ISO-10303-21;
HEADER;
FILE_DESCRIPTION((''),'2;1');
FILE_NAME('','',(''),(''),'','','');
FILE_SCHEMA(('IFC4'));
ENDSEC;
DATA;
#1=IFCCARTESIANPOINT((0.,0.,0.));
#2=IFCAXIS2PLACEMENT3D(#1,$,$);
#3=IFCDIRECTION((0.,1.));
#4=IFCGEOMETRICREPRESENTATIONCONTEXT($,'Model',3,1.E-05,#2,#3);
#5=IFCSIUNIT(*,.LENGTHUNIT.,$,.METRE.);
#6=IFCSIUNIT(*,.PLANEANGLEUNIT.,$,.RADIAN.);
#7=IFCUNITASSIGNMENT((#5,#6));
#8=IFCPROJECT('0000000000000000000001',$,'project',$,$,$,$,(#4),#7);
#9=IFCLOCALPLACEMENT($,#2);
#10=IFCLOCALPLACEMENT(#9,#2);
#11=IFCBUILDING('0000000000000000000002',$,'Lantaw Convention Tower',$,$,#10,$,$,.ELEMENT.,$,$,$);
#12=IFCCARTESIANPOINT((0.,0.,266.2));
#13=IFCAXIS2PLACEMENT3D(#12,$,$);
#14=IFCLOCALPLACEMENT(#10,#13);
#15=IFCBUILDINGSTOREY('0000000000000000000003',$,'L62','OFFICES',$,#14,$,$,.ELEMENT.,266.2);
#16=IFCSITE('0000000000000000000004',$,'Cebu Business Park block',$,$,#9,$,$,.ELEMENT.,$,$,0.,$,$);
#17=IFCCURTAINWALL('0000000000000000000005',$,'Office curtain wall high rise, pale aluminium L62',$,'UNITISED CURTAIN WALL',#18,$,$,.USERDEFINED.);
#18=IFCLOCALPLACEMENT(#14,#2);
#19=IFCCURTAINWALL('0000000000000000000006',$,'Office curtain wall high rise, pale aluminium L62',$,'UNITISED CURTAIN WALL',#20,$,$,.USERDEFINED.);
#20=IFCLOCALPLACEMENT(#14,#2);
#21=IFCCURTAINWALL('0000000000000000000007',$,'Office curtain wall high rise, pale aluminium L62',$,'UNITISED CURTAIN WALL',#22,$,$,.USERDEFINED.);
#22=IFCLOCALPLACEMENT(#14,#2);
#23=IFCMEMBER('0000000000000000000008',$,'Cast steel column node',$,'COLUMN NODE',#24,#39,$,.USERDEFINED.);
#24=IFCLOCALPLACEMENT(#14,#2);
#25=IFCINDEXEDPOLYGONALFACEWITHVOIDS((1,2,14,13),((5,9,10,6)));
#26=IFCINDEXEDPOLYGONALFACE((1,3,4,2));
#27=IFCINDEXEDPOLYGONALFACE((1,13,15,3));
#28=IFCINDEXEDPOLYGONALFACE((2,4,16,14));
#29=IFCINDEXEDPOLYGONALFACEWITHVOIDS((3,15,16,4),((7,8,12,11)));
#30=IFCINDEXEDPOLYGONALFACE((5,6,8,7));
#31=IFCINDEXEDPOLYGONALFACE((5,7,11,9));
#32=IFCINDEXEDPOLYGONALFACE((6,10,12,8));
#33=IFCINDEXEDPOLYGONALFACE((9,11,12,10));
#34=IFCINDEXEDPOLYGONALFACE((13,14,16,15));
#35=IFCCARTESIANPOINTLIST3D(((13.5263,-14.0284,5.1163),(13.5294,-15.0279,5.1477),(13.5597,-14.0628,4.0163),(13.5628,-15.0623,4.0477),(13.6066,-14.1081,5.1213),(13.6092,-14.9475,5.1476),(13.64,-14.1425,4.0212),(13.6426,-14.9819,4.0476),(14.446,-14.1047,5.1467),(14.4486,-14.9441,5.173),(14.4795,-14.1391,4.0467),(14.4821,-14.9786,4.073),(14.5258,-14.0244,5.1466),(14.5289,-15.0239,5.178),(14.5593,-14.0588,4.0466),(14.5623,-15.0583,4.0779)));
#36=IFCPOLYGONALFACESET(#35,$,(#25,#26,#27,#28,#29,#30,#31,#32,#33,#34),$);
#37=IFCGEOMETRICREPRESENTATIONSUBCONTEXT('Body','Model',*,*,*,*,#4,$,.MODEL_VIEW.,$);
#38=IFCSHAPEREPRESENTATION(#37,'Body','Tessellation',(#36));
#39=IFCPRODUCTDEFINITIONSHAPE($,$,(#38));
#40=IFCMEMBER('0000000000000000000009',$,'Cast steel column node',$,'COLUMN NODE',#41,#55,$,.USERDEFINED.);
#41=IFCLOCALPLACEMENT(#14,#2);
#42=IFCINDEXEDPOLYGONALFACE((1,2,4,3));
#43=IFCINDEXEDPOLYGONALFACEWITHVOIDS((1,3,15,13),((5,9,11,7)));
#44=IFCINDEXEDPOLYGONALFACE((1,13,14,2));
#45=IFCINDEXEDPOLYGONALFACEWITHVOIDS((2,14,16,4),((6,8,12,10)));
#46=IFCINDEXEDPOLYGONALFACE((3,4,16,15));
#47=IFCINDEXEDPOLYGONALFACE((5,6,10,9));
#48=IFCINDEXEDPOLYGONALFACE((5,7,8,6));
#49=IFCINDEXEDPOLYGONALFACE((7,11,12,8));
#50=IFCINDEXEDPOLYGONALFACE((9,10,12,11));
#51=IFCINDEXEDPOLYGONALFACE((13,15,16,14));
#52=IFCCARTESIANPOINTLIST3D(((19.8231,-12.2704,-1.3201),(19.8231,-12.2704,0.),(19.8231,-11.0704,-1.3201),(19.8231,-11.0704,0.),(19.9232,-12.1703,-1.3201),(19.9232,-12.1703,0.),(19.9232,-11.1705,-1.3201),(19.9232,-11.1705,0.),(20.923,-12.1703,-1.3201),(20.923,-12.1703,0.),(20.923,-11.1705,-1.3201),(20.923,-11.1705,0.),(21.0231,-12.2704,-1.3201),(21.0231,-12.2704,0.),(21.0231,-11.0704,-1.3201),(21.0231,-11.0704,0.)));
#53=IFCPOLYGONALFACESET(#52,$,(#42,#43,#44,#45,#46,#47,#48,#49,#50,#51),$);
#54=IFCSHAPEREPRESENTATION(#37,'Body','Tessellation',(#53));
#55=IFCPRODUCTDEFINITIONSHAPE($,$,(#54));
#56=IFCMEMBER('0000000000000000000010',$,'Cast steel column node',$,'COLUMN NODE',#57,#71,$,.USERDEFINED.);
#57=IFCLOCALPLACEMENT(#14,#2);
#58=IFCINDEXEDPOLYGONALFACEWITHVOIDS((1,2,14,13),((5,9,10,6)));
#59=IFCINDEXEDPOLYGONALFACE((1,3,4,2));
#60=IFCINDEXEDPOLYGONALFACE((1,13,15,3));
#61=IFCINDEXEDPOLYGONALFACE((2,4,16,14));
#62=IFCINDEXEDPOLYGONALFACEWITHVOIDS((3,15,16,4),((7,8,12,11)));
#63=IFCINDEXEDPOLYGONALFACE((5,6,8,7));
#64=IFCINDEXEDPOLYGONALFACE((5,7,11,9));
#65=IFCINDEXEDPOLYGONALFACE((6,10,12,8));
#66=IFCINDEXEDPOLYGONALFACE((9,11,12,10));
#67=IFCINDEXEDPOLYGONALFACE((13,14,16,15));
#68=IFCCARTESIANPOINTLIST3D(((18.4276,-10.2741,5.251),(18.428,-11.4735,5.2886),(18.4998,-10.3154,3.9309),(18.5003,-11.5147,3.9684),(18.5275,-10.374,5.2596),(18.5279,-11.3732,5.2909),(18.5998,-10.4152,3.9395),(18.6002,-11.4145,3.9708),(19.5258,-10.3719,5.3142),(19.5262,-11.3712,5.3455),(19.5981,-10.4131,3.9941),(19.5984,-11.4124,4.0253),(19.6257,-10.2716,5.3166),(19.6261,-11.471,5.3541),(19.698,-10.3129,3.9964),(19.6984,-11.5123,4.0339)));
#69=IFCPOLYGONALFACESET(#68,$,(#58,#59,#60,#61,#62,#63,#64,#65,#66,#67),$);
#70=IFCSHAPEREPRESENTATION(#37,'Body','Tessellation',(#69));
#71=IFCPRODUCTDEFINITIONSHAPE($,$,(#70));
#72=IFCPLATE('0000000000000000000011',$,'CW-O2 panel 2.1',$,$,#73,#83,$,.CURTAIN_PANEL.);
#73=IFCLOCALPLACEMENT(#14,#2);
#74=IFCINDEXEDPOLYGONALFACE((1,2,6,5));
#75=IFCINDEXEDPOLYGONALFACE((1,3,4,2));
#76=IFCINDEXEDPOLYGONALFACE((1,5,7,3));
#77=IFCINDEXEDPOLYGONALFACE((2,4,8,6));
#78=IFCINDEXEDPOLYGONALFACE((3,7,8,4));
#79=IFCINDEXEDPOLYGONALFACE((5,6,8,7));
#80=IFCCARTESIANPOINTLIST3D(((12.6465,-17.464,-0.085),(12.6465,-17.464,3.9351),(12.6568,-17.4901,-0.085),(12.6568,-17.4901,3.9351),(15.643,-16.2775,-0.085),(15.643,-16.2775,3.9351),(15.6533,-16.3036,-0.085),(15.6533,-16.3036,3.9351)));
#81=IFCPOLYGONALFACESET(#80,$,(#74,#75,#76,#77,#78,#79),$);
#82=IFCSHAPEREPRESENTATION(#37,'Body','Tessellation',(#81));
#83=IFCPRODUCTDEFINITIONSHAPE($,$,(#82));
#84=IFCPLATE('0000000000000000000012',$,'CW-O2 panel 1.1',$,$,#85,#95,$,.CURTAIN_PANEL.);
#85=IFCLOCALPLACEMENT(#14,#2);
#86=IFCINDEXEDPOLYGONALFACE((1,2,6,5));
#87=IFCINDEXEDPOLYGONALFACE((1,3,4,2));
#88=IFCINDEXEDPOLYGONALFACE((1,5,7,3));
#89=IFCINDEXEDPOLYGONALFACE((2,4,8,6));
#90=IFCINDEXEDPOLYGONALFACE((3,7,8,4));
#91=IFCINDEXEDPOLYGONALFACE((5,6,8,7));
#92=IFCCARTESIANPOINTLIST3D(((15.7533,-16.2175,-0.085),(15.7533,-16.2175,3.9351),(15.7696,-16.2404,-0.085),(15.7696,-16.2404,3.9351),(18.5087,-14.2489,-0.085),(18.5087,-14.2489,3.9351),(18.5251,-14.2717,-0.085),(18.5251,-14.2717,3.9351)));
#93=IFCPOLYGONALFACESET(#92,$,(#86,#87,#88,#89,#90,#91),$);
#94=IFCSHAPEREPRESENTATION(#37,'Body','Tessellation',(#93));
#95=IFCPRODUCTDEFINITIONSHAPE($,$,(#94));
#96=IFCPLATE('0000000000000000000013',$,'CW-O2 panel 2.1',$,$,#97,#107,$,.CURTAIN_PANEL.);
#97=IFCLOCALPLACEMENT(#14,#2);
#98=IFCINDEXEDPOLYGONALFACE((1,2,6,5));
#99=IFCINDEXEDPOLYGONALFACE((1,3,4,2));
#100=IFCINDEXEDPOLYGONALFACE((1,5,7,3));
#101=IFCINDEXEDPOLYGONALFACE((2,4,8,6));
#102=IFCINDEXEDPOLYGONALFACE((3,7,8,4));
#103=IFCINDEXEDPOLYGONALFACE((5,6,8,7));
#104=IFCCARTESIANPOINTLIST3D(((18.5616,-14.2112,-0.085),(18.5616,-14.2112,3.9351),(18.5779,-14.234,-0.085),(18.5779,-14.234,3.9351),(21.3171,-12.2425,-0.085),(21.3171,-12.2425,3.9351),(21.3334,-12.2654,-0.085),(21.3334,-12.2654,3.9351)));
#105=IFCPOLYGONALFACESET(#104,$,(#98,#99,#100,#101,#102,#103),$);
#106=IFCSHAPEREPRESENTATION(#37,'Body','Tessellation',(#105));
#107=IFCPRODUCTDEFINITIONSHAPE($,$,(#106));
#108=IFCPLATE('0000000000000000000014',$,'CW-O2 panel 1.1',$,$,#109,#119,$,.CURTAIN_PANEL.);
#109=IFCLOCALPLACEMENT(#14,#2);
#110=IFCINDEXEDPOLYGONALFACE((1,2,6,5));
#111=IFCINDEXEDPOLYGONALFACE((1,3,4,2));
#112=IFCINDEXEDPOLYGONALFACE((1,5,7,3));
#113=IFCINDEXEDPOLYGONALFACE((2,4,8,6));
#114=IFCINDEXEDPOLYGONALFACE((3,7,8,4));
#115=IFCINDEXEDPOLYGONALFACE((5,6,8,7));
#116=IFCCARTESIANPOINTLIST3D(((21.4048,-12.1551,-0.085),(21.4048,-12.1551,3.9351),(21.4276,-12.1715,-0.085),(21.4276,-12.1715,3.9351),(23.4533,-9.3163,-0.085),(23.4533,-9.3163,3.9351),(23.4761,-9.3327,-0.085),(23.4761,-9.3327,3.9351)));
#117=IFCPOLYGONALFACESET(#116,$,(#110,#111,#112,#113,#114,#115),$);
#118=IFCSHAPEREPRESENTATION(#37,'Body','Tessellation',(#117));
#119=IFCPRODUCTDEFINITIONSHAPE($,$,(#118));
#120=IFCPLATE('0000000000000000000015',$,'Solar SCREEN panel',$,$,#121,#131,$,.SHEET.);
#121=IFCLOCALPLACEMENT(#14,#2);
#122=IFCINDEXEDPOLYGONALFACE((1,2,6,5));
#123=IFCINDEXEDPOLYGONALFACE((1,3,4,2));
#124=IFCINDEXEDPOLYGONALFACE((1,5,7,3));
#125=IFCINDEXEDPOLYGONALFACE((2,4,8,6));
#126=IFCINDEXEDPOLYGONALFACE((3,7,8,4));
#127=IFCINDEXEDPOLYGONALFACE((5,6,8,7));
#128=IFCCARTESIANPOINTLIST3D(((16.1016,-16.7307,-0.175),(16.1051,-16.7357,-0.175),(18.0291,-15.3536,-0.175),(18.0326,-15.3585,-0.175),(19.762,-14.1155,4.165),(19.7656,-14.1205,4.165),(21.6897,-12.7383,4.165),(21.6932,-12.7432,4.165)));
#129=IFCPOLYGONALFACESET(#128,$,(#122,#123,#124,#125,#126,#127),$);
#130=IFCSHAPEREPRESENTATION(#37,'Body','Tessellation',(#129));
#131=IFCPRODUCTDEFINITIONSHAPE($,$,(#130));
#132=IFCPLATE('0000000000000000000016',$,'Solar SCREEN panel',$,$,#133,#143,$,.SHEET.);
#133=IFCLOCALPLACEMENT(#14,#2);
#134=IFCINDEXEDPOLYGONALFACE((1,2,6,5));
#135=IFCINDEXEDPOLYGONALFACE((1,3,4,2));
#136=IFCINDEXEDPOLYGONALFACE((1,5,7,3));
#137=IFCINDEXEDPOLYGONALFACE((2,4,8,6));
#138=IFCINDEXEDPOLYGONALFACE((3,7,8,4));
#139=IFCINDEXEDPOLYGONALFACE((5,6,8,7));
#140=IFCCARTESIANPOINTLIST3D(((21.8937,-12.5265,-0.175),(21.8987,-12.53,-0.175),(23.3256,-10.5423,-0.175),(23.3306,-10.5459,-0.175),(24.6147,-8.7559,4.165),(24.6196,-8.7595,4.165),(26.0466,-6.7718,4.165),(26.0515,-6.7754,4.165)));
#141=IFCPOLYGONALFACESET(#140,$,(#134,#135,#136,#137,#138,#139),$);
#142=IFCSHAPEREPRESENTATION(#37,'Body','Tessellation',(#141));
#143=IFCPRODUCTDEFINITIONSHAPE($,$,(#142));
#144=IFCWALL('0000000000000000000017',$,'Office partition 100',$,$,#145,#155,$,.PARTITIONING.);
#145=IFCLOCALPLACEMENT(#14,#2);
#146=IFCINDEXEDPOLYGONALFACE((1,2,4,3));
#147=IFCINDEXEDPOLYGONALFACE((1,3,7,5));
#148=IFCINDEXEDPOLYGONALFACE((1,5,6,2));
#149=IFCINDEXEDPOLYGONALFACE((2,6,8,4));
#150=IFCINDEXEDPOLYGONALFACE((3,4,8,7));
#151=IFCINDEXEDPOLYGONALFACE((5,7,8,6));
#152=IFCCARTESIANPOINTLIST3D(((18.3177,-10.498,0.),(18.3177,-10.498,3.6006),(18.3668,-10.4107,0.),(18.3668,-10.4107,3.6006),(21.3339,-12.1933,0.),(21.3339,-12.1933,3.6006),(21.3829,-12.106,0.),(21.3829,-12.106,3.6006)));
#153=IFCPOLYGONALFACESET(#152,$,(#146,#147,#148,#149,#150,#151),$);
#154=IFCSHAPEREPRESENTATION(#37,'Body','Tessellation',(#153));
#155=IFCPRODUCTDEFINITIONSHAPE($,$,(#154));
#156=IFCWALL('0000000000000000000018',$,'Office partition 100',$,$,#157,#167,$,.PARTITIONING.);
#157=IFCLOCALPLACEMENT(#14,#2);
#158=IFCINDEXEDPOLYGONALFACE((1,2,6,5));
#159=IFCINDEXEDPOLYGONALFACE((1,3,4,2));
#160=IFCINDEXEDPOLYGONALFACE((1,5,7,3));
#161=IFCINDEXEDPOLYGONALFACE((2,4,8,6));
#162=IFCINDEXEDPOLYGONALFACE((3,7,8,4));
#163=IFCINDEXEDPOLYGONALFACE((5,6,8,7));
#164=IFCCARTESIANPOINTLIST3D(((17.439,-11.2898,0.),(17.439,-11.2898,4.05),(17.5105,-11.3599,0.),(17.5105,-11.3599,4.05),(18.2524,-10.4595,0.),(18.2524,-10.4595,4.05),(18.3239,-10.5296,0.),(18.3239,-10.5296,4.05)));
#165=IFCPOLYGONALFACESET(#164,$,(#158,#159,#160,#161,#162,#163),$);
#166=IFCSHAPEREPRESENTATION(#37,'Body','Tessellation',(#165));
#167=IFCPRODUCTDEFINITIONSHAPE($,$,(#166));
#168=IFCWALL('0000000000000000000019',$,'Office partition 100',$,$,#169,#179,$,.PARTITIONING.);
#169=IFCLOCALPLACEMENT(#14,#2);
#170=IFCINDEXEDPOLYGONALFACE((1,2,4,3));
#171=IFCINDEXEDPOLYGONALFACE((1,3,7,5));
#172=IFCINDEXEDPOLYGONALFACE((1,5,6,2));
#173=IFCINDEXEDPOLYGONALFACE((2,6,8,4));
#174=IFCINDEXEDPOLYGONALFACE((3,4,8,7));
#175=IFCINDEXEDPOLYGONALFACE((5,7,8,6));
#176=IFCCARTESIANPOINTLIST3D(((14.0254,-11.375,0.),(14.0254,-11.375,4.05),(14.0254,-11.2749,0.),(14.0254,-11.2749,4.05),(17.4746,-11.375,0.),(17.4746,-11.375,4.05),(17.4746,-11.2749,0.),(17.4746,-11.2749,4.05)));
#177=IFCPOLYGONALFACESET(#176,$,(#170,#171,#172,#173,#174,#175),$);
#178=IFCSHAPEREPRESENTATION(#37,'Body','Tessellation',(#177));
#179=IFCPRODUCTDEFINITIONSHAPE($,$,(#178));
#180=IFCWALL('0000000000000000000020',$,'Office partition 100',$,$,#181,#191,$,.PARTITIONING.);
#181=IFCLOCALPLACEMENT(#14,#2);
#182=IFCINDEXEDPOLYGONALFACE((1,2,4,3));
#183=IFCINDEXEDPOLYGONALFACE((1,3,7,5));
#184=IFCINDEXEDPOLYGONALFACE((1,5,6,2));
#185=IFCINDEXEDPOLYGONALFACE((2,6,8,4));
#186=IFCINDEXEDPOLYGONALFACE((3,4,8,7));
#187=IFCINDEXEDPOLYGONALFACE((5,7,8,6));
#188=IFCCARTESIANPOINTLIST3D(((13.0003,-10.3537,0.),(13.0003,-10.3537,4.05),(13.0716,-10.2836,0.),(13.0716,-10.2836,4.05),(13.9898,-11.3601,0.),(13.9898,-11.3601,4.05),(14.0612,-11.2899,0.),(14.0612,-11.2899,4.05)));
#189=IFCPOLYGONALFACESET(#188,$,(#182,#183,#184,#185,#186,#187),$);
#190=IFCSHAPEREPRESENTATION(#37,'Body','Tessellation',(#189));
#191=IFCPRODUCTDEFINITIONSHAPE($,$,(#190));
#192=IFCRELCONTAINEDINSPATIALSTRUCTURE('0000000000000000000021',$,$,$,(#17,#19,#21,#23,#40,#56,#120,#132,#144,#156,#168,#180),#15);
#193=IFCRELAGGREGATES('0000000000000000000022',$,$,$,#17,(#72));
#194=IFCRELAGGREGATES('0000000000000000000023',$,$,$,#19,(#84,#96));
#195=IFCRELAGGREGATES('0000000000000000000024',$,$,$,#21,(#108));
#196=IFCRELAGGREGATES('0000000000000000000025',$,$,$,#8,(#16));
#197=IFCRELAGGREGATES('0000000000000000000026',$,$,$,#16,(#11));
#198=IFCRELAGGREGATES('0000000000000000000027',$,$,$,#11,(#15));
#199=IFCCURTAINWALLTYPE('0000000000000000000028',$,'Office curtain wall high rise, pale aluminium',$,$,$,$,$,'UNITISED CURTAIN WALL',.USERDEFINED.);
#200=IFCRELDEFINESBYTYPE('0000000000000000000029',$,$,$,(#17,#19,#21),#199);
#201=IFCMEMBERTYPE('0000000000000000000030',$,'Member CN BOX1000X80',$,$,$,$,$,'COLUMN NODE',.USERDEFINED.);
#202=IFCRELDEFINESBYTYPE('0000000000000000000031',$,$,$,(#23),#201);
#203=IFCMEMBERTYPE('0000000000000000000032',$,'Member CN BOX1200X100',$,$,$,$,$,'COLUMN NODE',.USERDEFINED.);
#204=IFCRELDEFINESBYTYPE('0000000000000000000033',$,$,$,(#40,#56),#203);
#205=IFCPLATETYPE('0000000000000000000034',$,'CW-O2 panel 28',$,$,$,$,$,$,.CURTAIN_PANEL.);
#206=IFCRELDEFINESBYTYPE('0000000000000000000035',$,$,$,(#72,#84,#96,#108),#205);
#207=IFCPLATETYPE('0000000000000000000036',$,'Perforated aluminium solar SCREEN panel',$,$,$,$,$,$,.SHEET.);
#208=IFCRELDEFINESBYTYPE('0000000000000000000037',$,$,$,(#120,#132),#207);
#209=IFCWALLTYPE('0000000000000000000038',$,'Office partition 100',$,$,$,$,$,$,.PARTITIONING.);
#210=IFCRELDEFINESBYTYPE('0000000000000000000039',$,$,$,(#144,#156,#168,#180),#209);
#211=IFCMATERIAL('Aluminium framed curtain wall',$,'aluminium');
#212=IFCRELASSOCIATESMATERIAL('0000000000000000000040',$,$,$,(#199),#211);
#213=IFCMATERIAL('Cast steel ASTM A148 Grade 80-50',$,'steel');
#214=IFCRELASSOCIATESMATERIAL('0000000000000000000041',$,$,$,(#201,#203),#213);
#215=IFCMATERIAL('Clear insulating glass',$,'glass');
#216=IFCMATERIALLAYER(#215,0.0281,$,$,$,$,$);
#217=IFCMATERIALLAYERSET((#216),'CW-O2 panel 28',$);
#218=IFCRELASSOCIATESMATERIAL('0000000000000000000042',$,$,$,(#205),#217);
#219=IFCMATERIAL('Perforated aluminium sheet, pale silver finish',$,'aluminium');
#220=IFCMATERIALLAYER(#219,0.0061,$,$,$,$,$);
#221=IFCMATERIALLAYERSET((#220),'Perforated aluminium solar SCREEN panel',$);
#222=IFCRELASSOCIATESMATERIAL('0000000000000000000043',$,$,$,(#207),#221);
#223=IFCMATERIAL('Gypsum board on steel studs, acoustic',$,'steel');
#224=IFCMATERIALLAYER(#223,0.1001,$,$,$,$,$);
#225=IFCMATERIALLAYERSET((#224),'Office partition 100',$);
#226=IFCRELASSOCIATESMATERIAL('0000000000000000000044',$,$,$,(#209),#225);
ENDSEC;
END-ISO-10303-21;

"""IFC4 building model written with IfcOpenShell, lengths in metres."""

from ifc_helpers import new_model, si_unit, direction, frame, frame_2d, origin, origin_2d, place, context, subcontext, project, spatial, polyline, rectangle, hollow_rectangle, outline, extrude, material, layer, layer_set, material_profile, profile_set, type_object, element, aggregate, save


model = new_model("IFC4")

# Units and contexts
model_context = context("Model", 3, precision=1e-05, world=origin(), true_north=direction((0.0, 1.0)))
body_context = subcontext(model_context, "Body", "Model", "MODEL_VIEW")
ifc_project = project(units=[si_unit("LENGTHUNIT", "METRE"), si_unit("PLANEANGLEUNIT", "RADIAN")], contexts=[model_context])

# Site, building, storey
site_placement = place(None, origin())
site = spatial("IfcSite", under=ifc_project, at=site_placement, Name="Cebu Business Park block", CompositionType="ELEMENT", RefElevation=0.0)
building_placement = place(site_placement, origin())
building = spatial("IfcBuilding", under=site, at=building_placement, Name="Lantaw Convention Tower", CompositionType="ELEMENT")
storey_placement = place(building_placement, frame((0.0, 0.0, 266.2)))
storey = spatial("IfcBuildingStorey", under=building, at=storey_placement, Name="L62", Description="OFFICES", CompositionType="ELEMENT", Elevation=266.2)

# Curtain walls
ifc_material_1 = material(Name="Aluminium framed curtain wall", Category="aluminium")
curtain_wall_type = type_object("IfcCurtainWallType", Name="Office curtain wall high rise, pale aluminium", ElementType="UNITISED CURTAIN WALL", PredefinedType="USERDEFINED", material=ifc_material_1)
curtain_wall_1_placement = place(storey_placement, origin())
curtain_wall_1 = element("IfcCurtainWall", 1, at=curtain_wall_1_placement, inside=storey, type_object=curtain_wall_type, Name="Office curtain wall high rise, pale aluminium L62", ObjectType="UNITISED CURTAIN WALL", PredefinedType="USERDEFINED")
curtain_wall_2_placement = place(storey_placement, origin())
curtain_wall_2 = element("IfcCurtainWall", 2, at=curtain_wall_2_placement, inside=storey, type_object=curtain_wall_type, Name="Office curtain wall high rise, pale aluminium L62", ObjectType="UNITISED CURTAIN WALL", PredefinedType="USERDEFINED")
curtain_wall_3_placement = place(storey_placement, origin())
curtain_wall_3 = element("IfcCurtainWall", 3, at=curtain_wall_3_placement, inside=storey, type_object=curtain_wall_type, Name="Office curtain wall high rise, pale aluminium L62", ObjectType="UNITISED CURTAIN WALL", PredefinedType="USERDEFINED")

# Members
ifc_material_2 = material(Name="Cast steel ASTM A148 Grade 80-50", Category="steel")
ifc_material_profile_1 = material_profile(ifc_material_2, hollow_rectangle(XDim=1.0, YDim=1.0, WallThickness=0.0801, at=origin_2d()), Name="BOX1000X80")
ifc_profile_set_1 = profile_set([ifc_material_profile_1], Name="Cast steel ASTM A148 Grade 80-50")
member_type_1 = type_object("IfcMemberType", Name="Member CN BOX1000X80", ElementType="COLUMN NODE", PredefinedType="USERDEFINED", material=ifc_profile_set_1)
member_1_placement = place(storey_placement, frame((14.061, -14.5605, 4.0471), z_axis=(-0.030375, 0.031262, 0.99905), x_axis=(0.999534, 0.004021, 0.030264)))
element("IfcMember", 4, at=member_1_placement, inside=storey, type_object=member_type_1, Name="Cast steel column node", ObjectType="COLUMN NODE", PredefinedType="USERDEFINED", context=body_context, shape_type="SweptSolid", body=[
    extrude(hollow_rectangle(XDim=1.0, YDim=1.0, WallThickness=0.0801, at=origin_2d()), origin(), (0.0, 0.0, 1.0), 1.1011),
])
ifc_material_profile_2 = material_profile(ifc_material_2, hollow_rectangle(XDim=1.2, YDim=1.2, WallThickness=0.1001, at=origin_2d()), Name="BOX1200X100")
ifc_profile_set_2 = profile_set([ifc_material_profile_2], Name="Cast steel ASTM A148 Grade 80-50")
member_type_2 = type_object("IfcMemberType", Name="Member CN BOX1200X100", ElementType="COLUMN NODE", PredefinedType="USERDEFINED", material=ifc_profile_set_2)
member_2_placement = place(storey_placement, frame((20.4231, -11.6704, -1.3201), z_axis=(0.0, 0.0, 1.0), x_axis=(1.0, 0.0, 0.0)))
element("IfcMember", 5, at=member_2_placement, inside=storey, type_object=member_type_2, Name="Cast steel column node", ObjectType="COLUMN NODE", PredefinedType="USERDEFINED", context=body_context, shape_type="SweptSolid", body=[
    extrude(hollow_rectangle(XDim=1.2, YDim=1.2, WallThickness=0.1001, at=origin_2d()), origin(), (0.0, 0.0, 1.0), 1.3201),
])
member_3_placement = place(storey_placement, frame((19.0991, -10.9138, 3.9824), z_axis=(-0.054635, 0.031194, 0.998019), x_axis=(0.998506, 0.002071, 0.054597)))
element("IfcMember", 6, at=member_3_placement, inside=storey, type_object=member_type_2, Name="Cast steel column node", ObjectType="COLUMN NODE", PredefinedType="USERDEFINED", context=body_context, shape_type="SweptSolid", body=[
    extrude(hollow_rectangle(XDim=1.2, YDim=1.2, WallThickness=0.1001, at=origin_2d()), origin(), (0.0, 0.0, 1.0), 1.3228),
])

# Plates
ifc_material_3 = material(Name="Clear insulating glass", Category="glass")
ifc_layer_1 = layer(ifc_material_3, 0.0281)
ifc_layer_set_1 = layer_set([ifc_layer_1], Name="CW-O2 panel 28")
plate_type_1 = type_object("IfcPlateType", Name="CW-O2 panel 28", PredefinedType="CURTAIN_PANEL", material=ifc_layer_set_1)
plate_1_placement = place(storey_placement, frame((14.1499, -16.8838, -0.085), z_axis=(0.0, 0.0, 1.0), x_axis=(0.929762, 0.368162, 0.0)))
plate_1 = element("IfcPlate", 7, at=plate_1_placement, type_object=plate_type_1, Name="CW-O2 panel 2.1", PredefinedType="CURTAIN_PANEL", context=body_context, shape_type="SweptSolid", body=[
    extrude(rectangle(XDim=3.2229, YDim=0.0281, at=origin_2d()), origin(), (0.0, 0.0, 1.0), 4.02),
])
aggregate(curtain_wall_1, [plate_1])
plate_2_placement = place(storey_placement, frame((17.1392, -15.2446, -0.085), z_axis=(0.0, 0.0, 1.0), x_axis=(0.813673, 0.581323, 0.0)))
plate_2 = element("IfcPlate", 8, at=plate_2_placement, type_object=plate_type_1, Name="CW-O2 panel 1.1", PredefinedType="CURTAIN_PANEL", context=body_context, shape_type="SweptSolid", body=[
    extrude(rectangle(XDim=3.3865, YDim=0.0281, at=origin_2d()), origin(), (0.0, 0.0, 1.0), 4.02),
])
plate_3_placement = place(storey_placement, frame((19.9475, -13.2383, -0.085), z_axis=(0.0, 0.0, 1.0), x_axis=(0.813673, 0.581323, 0.0)))
plate_3 = element("IfcPlate", 9, at=plate_3_placement, type_object=plate_type_1, Name="CW-O2 panel 2.1", PredefinedType="CURTAIN_PANEL", context=body_context, shape_type="SweptSolid", body=[
    extrude(rectangle(XDim=3.3865, YDim=0.0281, at=origin_2d()), origin(), (0.0, 0.0, 1.0), 4.02),
])
aggregate(curtain_wall_2, [plate_2, plate_3])
plate_4_placement = place(storey_placement, frame((22.4404, -10.7439, -0.085), z_axis=(0.0, 0.0, 1.0), x_axis=(0.585158, 0.81092, 0.0)))
plate_4 = element("IfcPlate", 10, at=plate_4_placement, type_object=plate_type_1, Name="CW-O2 panel 1.1", PredefinedType="CURTAIN_PANEL", context=body_context, shape_type="SweptSolid", body=[
    extrude(rectangle(XDim=3.5007, YDim=0.0281, at=origin_2d()), origin(), (0.0, 0.0, 1.0), 4.02),
])
aggregate(curtain_wall_3, [plate_4])

# Plates
ifc_material_4 = material(Name="Perforated aluminium sheet, pale silver finish", Category="aluminium")
ifc_layer_2 = layer(ifc_material_4, 0.0061)
ifc_layer_set_2 = layer_set([ifc_layer_2], Name="Perforated aluminium solar SCREEN panel")
plate_type_2 = type_object("IfcPlateType", Name="Perforated aluminium solar SCREEN panel", PredefinedType="SHEET", material=ifc_layer_set_2)
plate_5_placement = place(storey_placement, frame((16.1016, -16.7307, -0.175), z_axis=(-0.581331, 0.813667, 0.00001), x_axis=(0.813667, 0.581331, 0.0)))
element("IfcPlate", 11, at=plate_5_placement, inside=storey, type_object=plate_type_2, Name="Solar SCREEN panel", PredefinedType="SHEET", context=body_context, shape_type="SweptSolid", body=[
    extrude(outline(polyline([(0.0, 0.0), (2.3689, 0.0), (6.8678, -4.3401), (4.4987, -4.3401), (0.0, 0.0)])), origin(), (0.0, 0.0, -1.0), 0.0061),
])
plate_6_placement = place(storey_placement, frame((21.8987, -12.53, -0.175), z_axis=(0.810892, -0.585195, 0.00002), x_axis=(0.585195, 0.810892, 0.0)))
element("IfcPlate", 12, at=plate_6_placement, inside=storey, type_object=plate_type_2, Name="Solar SCREEN panel", PredefinedType="SHEET", context=body_context, shape_type="SweptSolid", body=[
    extrude(outline(polyline([(0.0, 0.0), (2.4468, 0.0), (7.0966, 4.3401), (4.6498, 4.3401), (0.0, 0.0)])), origin(), (0.0, 0.0, -1.0), 0.0061),
])

# Walls
ifc_material_5 = material(Name="Gypsum board on steel studs, acoustic", Category="steel")
ifc_layer_3 = layer(ifc_material_5, 0.1001)
ifc_layer_set_3 = layer_set([ifc_layer_3], Name="Office partition 100")
wall_type = type_object("IfcWallType", Name="Office partition 100", PredefinedType="PARTITIONING", material=ifc_layer_set_3)
wall_1_placement = place(storey_placement, frame((21.3584, -12.1497, 0.0), z_axis=(0.0, 0.0, 1.0), x_axis=(-0.87173, 0.489987, 0.0)))
element("IfcWall", 13, at=wall_1_placement, inside=storey, type_object=wall_type, Name="Office partition 100", PredefinedType="PARTITIONING", context=body_context, shape_type="SweptSolid", body=[
    extrude(rectangle(XDim=3.46, YDim=0.1001, at=frame_2d((1.73, 0.0))), origin(), (0.0, 0.0, 1.0), 3.6006),
])
wall_2_placement = place(storey_placement, frame((18.2881, -10.4946, 0.0), z_axis=(0.0, 0.0, 1.0), x_axis=(-0.699824, -0.714316, 0.0)))
element("IfcWall", 14, at=wall_2_placement, inside=storey, type_object=wall_type, Name="Office partition 100", PredefinedType="PARTITIONING", context=body_context, shape_type="SweptSolid", body=[
    extrude(rectangle(XDim=1.1624, YDim=0.1001, at=frame_2d((0.5811, 0.0))), origin(), (0.0, 0.0, 1.0), 4.05),
])
wall_3_placement = place(storey_placement, frame((17.4746, -11.325, 0.0), z_axis=(0.0, 0.0, 1.0), x_axis=(-1.0, 0.0, 0.0)))
element("IfcWall", 15, at=wall_3_placement, inside=storey, type_object=wall_type, Name="Office partition 100", PredefinedType="PARTITIONING", context=body_context, shape_type="SweptSolid", body=[
    extrude(rectangle(XDim=3.4492, YDim=0.1001, at=frame_2d((1.7246, 0.0))), origin(), (0.0, 0.0, 1.0), 4.05),
])
wall_4_placement = place(storey_placement, frame((14.0254, -11.325, 0.0), z_axis=(0.0, 0.0, 1.0), x_axis=(-0.701114, 0.71305, 0.0)))
element("IfcWall", 16, at=wall_4_placement, inside=storey, type_object=wall_type, Name="Office partition 100", PredefinedType="PARTITIONING", context=body_context, shape_type="SweptSolid", body=[
    extrude(rectangle(XDim=1.4114, YDim=0.1001, at=frame_2d((0.7056, 0.0))), origin(), (0.0, 0.0, 1.0), 4.05),
])

save(model, "model.ifc")
